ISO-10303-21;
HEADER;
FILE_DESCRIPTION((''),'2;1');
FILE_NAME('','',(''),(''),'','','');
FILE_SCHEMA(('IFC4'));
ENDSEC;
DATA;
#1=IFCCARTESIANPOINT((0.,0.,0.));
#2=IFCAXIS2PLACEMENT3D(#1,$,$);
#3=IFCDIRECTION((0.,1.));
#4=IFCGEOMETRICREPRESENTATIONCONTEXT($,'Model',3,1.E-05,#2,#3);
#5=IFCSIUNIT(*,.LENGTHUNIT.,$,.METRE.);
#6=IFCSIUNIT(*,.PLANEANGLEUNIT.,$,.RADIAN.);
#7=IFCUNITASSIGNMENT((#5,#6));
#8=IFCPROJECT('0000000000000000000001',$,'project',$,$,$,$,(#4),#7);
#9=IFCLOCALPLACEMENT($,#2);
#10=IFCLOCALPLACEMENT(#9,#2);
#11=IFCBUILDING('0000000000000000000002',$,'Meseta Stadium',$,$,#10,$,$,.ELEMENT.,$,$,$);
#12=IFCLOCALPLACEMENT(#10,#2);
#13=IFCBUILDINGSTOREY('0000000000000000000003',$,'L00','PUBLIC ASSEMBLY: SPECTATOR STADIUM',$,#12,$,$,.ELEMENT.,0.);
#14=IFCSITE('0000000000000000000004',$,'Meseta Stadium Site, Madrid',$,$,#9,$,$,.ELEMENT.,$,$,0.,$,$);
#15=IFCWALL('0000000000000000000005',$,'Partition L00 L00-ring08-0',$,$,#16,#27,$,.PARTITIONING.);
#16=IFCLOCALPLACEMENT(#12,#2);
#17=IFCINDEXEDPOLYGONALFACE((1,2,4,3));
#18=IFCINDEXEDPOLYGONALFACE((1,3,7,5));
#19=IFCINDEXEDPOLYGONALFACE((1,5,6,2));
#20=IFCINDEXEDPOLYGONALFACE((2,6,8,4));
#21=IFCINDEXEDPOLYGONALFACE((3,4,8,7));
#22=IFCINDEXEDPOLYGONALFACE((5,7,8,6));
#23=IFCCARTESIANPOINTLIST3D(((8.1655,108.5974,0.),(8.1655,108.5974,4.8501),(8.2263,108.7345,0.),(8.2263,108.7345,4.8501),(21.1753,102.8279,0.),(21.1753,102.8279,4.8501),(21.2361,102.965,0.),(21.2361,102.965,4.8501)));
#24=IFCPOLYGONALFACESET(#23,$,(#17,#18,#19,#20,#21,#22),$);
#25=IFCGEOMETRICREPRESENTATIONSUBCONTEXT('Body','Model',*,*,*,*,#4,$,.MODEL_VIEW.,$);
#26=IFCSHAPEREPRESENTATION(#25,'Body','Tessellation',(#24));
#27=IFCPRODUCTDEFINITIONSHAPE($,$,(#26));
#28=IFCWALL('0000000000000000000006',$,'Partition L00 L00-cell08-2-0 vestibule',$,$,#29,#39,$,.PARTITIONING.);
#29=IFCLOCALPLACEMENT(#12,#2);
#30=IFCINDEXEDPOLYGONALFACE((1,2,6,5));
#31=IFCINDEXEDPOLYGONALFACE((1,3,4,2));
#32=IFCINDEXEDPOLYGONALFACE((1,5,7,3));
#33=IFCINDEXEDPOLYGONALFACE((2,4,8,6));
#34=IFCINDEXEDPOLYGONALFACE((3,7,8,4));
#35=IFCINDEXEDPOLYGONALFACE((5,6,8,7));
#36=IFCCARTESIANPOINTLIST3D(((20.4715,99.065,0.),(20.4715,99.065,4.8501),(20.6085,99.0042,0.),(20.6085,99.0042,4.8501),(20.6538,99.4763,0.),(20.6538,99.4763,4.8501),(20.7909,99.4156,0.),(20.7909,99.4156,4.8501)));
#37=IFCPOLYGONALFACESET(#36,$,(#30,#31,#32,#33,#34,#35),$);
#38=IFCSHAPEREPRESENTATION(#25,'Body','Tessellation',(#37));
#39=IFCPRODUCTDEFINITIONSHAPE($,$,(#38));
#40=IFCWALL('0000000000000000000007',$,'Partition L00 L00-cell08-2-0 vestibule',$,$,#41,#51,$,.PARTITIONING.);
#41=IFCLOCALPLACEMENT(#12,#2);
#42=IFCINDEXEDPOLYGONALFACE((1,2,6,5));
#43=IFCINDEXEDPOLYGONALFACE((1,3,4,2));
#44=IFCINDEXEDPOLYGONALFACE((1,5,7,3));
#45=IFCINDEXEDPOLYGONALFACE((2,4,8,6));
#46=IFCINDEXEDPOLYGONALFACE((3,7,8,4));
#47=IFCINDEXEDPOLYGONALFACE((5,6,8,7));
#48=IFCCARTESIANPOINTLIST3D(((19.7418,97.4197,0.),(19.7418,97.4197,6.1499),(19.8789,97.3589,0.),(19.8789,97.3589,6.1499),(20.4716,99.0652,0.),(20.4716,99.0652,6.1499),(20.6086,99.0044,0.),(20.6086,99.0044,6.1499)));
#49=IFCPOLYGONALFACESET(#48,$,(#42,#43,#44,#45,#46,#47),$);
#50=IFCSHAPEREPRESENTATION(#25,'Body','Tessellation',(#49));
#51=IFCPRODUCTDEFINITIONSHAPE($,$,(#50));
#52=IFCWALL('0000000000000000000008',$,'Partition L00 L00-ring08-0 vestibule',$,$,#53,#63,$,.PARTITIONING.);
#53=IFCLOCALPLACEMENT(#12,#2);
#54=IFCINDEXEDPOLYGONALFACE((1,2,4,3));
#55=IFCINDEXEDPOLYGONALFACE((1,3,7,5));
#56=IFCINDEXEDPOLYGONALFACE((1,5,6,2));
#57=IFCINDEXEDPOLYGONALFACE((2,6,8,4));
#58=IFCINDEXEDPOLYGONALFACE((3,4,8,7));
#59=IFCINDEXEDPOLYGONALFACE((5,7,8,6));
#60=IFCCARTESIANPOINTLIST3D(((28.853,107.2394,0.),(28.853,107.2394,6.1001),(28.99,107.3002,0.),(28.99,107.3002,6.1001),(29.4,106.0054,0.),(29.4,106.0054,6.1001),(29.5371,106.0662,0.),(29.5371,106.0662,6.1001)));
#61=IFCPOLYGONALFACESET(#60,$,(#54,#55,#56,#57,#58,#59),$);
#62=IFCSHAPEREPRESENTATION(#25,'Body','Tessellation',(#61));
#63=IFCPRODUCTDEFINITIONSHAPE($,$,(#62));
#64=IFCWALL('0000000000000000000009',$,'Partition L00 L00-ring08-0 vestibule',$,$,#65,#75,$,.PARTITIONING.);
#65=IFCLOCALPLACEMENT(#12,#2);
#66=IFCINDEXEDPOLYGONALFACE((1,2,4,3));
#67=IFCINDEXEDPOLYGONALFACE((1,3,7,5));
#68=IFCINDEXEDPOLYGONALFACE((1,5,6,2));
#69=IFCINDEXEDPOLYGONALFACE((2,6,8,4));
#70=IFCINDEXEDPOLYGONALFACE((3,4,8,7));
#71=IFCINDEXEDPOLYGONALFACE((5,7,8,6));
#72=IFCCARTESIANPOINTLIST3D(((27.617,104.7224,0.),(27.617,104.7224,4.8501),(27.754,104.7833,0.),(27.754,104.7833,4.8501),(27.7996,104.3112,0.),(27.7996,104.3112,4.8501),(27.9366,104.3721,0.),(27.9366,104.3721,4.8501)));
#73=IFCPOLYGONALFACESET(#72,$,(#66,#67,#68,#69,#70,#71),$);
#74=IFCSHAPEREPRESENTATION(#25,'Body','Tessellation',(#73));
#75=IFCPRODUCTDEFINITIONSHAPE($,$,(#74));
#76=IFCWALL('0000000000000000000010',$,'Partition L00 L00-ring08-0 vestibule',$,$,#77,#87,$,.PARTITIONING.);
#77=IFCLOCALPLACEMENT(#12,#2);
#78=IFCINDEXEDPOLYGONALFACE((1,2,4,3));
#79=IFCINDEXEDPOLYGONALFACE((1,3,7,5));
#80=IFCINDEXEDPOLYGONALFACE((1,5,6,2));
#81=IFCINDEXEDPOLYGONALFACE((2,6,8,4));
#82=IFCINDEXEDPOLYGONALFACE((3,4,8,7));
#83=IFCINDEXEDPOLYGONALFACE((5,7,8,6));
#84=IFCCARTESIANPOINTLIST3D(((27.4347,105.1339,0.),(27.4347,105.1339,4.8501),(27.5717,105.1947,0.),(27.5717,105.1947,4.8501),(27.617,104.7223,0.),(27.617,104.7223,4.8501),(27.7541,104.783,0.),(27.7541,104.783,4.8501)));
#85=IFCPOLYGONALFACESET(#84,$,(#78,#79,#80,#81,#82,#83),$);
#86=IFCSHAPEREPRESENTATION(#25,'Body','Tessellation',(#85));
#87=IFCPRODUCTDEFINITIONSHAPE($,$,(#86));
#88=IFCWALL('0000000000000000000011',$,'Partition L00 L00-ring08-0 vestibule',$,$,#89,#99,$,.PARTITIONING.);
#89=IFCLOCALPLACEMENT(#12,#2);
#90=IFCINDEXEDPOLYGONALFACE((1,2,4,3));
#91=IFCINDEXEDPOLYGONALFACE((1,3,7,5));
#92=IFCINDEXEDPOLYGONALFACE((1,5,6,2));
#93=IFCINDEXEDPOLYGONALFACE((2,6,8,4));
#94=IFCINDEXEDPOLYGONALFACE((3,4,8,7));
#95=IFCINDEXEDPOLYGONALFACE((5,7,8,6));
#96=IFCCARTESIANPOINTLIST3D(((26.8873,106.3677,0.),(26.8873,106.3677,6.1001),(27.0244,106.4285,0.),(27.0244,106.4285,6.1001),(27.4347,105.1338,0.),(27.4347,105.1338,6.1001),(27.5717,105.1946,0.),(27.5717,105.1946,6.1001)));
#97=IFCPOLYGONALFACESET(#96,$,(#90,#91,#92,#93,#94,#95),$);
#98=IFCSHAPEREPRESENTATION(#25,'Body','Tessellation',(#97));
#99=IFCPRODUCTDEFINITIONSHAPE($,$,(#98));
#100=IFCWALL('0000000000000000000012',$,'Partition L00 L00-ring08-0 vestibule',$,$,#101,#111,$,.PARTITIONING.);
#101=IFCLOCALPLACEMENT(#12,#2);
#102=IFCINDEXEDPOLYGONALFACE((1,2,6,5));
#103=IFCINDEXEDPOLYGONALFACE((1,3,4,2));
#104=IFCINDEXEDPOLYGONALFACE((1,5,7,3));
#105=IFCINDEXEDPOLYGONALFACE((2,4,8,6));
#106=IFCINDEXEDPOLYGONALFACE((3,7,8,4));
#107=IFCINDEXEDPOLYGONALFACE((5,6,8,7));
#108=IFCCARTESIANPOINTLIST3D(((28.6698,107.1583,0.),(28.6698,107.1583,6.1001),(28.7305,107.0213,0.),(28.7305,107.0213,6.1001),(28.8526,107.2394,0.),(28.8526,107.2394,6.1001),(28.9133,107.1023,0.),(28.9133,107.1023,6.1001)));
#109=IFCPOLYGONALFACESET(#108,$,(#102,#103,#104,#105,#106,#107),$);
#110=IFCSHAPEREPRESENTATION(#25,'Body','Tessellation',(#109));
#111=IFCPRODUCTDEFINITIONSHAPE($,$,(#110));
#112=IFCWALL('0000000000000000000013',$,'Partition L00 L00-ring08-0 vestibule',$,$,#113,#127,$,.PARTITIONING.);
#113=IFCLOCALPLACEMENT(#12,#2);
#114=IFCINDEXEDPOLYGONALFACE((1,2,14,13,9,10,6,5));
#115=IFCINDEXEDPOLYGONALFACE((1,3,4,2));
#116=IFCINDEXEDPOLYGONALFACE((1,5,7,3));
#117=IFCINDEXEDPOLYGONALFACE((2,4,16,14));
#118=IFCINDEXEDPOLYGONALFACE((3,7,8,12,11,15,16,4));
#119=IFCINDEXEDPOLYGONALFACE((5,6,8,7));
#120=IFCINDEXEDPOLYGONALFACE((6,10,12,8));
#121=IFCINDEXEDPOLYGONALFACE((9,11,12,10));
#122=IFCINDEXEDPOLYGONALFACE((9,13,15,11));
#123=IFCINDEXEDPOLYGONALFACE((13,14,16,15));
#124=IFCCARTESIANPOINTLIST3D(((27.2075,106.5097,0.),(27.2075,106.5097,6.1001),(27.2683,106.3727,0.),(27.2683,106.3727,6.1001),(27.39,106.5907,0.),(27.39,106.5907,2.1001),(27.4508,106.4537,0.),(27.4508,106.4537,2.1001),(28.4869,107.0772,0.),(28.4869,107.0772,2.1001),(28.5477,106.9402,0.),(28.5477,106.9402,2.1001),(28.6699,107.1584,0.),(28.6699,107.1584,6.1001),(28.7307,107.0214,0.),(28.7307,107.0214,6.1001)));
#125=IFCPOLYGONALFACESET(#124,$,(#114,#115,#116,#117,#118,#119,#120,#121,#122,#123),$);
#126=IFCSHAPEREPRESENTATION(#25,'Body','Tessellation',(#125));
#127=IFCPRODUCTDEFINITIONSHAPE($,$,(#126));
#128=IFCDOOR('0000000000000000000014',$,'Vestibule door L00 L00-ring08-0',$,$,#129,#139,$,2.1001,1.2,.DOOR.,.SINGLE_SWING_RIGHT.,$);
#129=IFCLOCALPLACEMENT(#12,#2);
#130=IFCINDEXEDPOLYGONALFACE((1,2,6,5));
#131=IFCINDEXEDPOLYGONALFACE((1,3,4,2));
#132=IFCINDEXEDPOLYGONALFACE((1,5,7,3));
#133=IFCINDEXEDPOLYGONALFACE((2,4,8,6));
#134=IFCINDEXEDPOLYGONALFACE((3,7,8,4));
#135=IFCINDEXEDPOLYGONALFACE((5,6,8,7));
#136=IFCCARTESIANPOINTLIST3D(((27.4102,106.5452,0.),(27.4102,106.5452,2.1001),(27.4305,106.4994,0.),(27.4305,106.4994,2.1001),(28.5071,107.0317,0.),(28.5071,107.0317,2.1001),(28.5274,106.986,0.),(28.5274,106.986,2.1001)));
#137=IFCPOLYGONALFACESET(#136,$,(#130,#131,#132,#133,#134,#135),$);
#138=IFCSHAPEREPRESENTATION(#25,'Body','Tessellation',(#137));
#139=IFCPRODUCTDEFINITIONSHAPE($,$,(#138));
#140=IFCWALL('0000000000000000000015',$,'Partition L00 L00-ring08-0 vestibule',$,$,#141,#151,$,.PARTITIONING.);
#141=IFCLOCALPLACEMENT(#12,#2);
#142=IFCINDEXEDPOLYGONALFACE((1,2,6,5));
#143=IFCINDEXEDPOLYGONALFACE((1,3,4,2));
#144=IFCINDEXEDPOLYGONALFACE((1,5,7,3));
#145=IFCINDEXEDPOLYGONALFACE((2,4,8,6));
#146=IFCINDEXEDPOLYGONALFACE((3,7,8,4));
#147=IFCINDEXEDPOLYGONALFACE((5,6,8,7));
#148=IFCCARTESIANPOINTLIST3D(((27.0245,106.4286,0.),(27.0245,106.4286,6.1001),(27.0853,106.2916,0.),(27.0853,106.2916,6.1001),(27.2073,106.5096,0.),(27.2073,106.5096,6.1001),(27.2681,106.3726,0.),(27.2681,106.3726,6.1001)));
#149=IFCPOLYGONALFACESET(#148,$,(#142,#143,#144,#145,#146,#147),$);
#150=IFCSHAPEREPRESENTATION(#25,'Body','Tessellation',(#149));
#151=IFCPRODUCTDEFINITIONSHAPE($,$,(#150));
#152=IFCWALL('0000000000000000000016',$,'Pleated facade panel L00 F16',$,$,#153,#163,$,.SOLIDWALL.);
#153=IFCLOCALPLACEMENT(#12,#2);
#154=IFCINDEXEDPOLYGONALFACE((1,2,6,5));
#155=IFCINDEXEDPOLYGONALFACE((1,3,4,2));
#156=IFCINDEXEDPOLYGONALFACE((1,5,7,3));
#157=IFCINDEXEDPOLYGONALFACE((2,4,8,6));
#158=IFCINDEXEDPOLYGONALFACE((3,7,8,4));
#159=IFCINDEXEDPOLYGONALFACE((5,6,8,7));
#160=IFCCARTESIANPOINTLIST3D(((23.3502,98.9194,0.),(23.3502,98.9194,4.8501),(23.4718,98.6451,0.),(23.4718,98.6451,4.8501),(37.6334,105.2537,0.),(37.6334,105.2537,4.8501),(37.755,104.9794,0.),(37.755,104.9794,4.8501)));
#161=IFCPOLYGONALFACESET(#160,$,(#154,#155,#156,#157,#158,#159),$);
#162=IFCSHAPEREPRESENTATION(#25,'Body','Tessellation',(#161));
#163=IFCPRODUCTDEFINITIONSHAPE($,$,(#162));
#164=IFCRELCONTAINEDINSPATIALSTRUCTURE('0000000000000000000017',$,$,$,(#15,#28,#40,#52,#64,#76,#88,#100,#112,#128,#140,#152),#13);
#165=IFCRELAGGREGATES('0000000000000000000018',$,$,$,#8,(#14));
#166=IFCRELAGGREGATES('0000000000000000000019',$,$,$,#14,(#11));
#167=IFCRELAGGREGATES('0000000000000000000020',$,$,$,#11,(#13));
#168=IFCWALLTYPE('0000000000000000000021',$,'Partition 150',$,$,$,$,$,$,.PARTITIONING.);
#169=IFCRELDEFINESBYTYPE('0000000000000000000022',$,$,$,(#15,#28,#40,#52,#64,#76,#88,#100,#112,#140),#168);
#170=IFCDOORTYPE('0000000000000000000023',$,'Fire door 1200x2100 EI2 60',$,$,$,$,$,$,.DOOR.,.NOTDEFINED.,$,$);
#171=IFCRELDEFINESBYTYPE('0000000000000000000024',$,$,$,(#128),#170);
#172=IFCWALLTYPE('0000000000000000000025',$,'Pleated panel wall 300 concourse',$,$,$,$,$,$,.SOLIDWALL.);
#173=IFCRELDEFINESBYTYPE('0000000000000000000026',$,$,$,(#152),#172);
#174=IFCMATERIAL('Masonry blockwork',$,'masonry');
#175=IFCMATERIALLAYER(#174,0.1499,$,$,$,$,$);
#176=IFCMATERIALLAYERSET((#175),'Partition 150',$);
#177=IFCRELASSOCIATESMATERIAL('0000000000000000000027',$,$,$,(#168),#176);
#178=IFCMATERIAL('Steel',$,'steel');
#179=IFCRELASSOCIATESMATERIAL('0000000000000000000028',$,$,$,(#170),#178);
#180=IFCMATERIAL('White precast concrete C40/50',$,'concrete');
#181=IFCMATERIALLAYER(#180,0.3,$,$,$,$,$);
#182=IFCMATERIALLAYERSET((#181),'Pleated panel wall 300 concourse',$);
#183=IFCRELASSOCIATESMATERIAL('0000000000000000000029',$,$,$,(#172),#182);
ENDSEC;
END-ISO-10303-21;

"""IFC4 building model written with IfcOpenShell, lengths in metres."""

from ifc_helpers import new_model, si_unit, direction, frame, frame_2d, origin, place, context, subcontext, project, spatial, rectangle, extrude, material, layer, layer_set, type_object, element, fill, save


model = new_model("IFC4")

# Units and contexts
model_context = context("Model", 3, precision=1e-05, world=origin(), true_north=direction((0.0, 1.0)))
body_context = subcontext(model_context, "Body", "Model", "MODEL_VIEW")
ifc_project = project(units=[si_unit("LENGTHUNIT", "METRE"), si_unit("PLANEANGLEUNIT", "RADIAN")], contexts=[model_context])

# Site, building, storey
site_placement = place(None, origin())
site = spatial("IfcSite", under=ifc_project, at=site_placement, Name="Meseta Stadium Site, Madrid", CompositionType="ELEMENT", RefElevation=0.0)
building_placement = place(site_placement, origin())
building = spatial("IfcBuilding", under=site, at=building_placement, Name="Meseta Stadium", CompositionType="ELEMENT")
storey_placement = place(building_placement, origin())
storey = spatial("IfcBuildingStorey", under=building, at=storey_placement, Name="L00", Description="PUBLIC ASSEMBLY: SPECTATOR STADIUM", CompositionType="ELEMENT", Elevation=0.0)

# Walls
ifc_material_1 = material(Name="Masonry blockwork", Category="masonry")
ifc_layer_1 = layer(ifc_material_1, 0.1499)
ifc_layer_set_1 = layer_set([ifc_layer_1], Name="Partition 150")
wall_type_1 = type_object("IfcWallType", Name="Partition 150", PredefinedType="PARTITIONING", material=ifc_layer_set_1)
wall_1_placement = place(storey_placement, frame((21.2056, 102.8965, 0.0), z_axis=(0.0, 0.0, 1.0), x_axis=(-0.914139, 0.4054, 0.0)))
element("IfcWall", 1, at=wall_1_placement, inside=storey, type_object=wall_type_1, Name="Partition L00 L00-ring08-0", PredefinedType="PARTITIONING", context=body_context, shape_type="SweptSolid", body=[
    extrude(rectangle(XDim=14.2317, YDim=0.1499, at=frame_2d((7.1157, 0.0))), origin(), (0.0, 0.0, 1.0), 4.8501),
])
wall_2_placement = place(storey_placement, frame((20.7224, 99.446, 0.0), z_axis=(0.0, 0.0, 1.0), x_axis=(-0.405283, -0.914191, 0.0)))
element("IfcWall", 2, at=wall_2_placement, inside=storey, type_object=wall_type_1, Name="Partition L00 L00-cell08-2-0 vestibule", PredefinedType="PARTITIONING", context=body_context, shape_type="SweptSolid", body=[
    extrude(rectangle(XDim=0.45, YDim=0.1499, at=frame_2d((0.2251, 0.0))), origin(), (0.0, 0.0, 1.0), 4.8501),
])
wall_3_placement = place(storey_placement, frame((20.54, 99.0347, 0.0), z_axis=(0.0, 0.0, 1.0), x_axis=(-0.405396, -0.914141, 0.0)))
element("IfcWall", 3, at=wall_3_placement, inside=storey, type_object=wall_type_1, Name="Partition L00 L00-cell08-2-0 vestibule", PredefinedType="PARTITIONING", context=body_context, shape_type="SweptSolid", body=[
    extrude(rectangle(XDim=1.8, YDim=0.1499, at=frame_2d((0.8999, 0.0))), origin(), (0.0, 0.0, 1.0), 6.1499),
])
wall_4_placement = place(storey_placement, frame((29.4685, 106.0359, 0.0), z_axis=(0.0, 0.0, 1.0), x_axis=(-0.405283, 0.914191, 0.0)))
element("IfcWall", 4, at=wall_4_placement, inside=storey, type_object=wall_type_1, Name="Partition L00 L00-ring08-0 vestibule", PredefinedType="PARTITIONING", context=body_context, shape_type="SweptSolid", body=[
    extrude(rectangle(XDim=1.3499, YDim=0.1499, at=frame_2d((0.6748, 0.0))), origin(), (0.0, 0.0, 1.0), 6.1001),
])
wall_5_placement = place(storey_placement, frame((27.8682, 104.3416, 0.0), z_axis=(0.0, 0.0, 1.0), x_axis=(-0.405937, 0.913901, 0.0)))
element("IfcWall", 5, at=wall_5_placement, inside=storey, type_object=wall_type_1, Name="Partition L00 L00-ring08-0 vestibule", PredefinedType="PARTITIONING", context=body_context, shape_type="SweptSolid", body=[
    extrude(rectangle(XDim=0.45, YDim=0.1499, at=frame_2d((0.2251, 0.0))), origin(), (0.0, 0.0, 1.0), 4.8501),
])
wall_6_placement = place(storey_placement, frame((27.6855, 104.7527, 0.0), z_axis=(0.0, 0.0, 1.0), x_axis=(-0.405082, 0.914281, 0.0)))
element("IfcWall", 6, at=wall_6_placement, inside=storey, type_object=wall_type_1, Name="Partition L00 L00-ring08-0 vestibule", PredefinedType="PARTITIONING", context=body_context, shape_type="SweptSolid", body=[
    extrude(rectangle(XDim=0.4502, YDim=0.1499, at=frame_2d((0.2251, 0.0))), origin(), (0.0, 0.0, 1.0), 4.8501),
])
wall_7_placement = place(storey_placement, frame((27.5032, 105.1643, 0.0), z_axis=(0.0, 0.0, 1.0), x_axis=(-0.405501, 0.914095, 0.0)))
element("IfcWall", 7, at=wall_7_placement, inside=storey, type_object=wall_type_1, Name="Partition L00 L00-ring08-0 vestibule", PredefinedType="PARTITIONING", context=body_context, shape_type="SweptSolid", body=[
    extrude(rectangle(XDim=1.3499, YDim=0.1499, at=frame_2d((0.6748, 0.0))), origin(), (0.0, 0.0, 1.0), 6.1001),
])
wall_8_placement = place(storey_placement, frame((28.8831, 107.1709, 0.0), z_axis=(0.0, 0.0, 1.0), x_axis=(-0.914214, -0.405232, 0.0)))
element("IfcWall", 8, at=wall_8_placement, inside=storey, type_object=wall_type_1, Name="Partition L00 L00-ring08-0 vestibule", PredefinedType="PARTITIONING", context=body_context, shape_type="SweptSolid", body=[
    extrude(rectangle(XDim=0.2, YDim=0.1499, at=frame_2d((0.1001, 0.0))), origin(), (0.0, 0.0, 1.0), 6.1001),
])

# Wall, opening, door
wall_9_placement = place(storey_placement, frame((28.7002, 107.0898, 0.0), z_axis=(0.0, 0.0, 1.0), x_axis=(-0.914107, -0.405473, 0.0)))
wall_9 = element("IfcWall", 9, at=wall_9_placement, inside=storey, type_object=wall_type_1, Name="Partition L00 L00-ring08-0 vestibule", PredefinedType="PARTITIONING", context=body_context, shape_type="SweptSolid", body=[
    extrude(rectangle(XDim=1.5999, YDim=0.1499, at=frame_2d((0.7998, 0.0))), origin(), (0.0, 0.0, 1.0), 6.1001),
])
opening_1_placement = place(wall_9_placement, frame((0.2, 0.0, 0.0)))
opening_1 = element("IfcOpeningElement", 10, at=opening_1_placement, cuts=wall_9, PredefinedType="OPENING", context=body_context, shape_type="SweptSolid", body=[
    extrude(rectangle(XDim=1.2, YDim=2.1001, at=frame_2d((0.6001, 1.05))), frame((0.0, 0.085, 0.0), z_axis=(0.0, -1.0, 0.0), x_axis=(1.0, 0.0, 0.0)), (0.0, 0.0, 1.0), 0.1699),
])
ifc_material_2 = material(Name="Steel", Category="steel")
door_type_1 = type_object("IfcDoorType", Name="Fire door 1200x2100 EI2 60", OperationType="NOTDEFINED", PredefinedType="DOOR", material=ifc_material_2)
door_1_placement = place(opening_1_placement, origin())
door_1 = element("IfcDoor", 11, at=door_1_placement, inside=storey, type_object=door_type_1, Name="Vestibule door L00 L00-ring08-0", OperationType="SINGLE_SWING_RIGHT", OverallHeight=2.1001, OverallWidth=1.2, PredefinedType="DOOR", context=body_context, shape_type="SweptSolid", body=[
    extrude(rectangle(XDim=1.2, YDim=2.1001, at=frame_2d((0.6001, 1.05))), frame((0.0, 0.0249, 0.0), z_axis=(0.0, -1.0, 0.0), x_axis=(1.0, 0.0, 0.0)), (0.0, 0.0, 1.0), 0.05),
])
fill(opening_1, door_1)

# Walls
wall_10_placement = place(storey_placement, frame((27.2378, 106.4412, 0.0), z_axis=(0.0, 0.0, 1.0), x_axis=(-0.914214, -0.405232, 0.0)))
element("IfcWall", 12, at=wall_10_placement, inside=storey, type_object=wall_type_1, Name="Partition L00 L00-ring08-0 vestibule", PredefinedType="PARTITIONING", context=body_context, shape_type="SweptSolid", body=[
    extrude(rectangle(XDim=0.2, YDim=0.1499, at=frame_2d((0.1001, 0.0))), origin(), (0.0, 0.0, 1.0), 6.1001),
])
ifc_material_3 = material(Name="White precast concrete C40/50", Category="concrete")
ifc_layer_2 = layer(ifc_material_3, 0.3)
ifc_layer_set_2 = layer_set([ifc_layer_2], Name="Pleated panel wall 300 concourse")
wall_type_2 = type_object("IfcWallType", Name="Pleated panel wall 300 concourse", PredefinedType="SOLIDWALL", material=ifc_layer_set_2)
wall_11_placement = place(storey_placement, frame((23.4109, 98.7822, 0.0), z_axis=(0.0, 0.0, 1.0), x_axis=(0.914141, 0.405398, 0.0)))
element("IfcWall", 13, at=wall_11_placement, inside=storey, type_object=wall_type_2, Name="Pleated facade panel L00 F16", PredefinedType="SOLIDWALL", context=body_context, shape_type="SweptSolid", body=[
    extrude(rectangle(XDim=15.6248, YDim=0.3, at=frame_2d((7.8125, 0.0))), origin(), (0.0, 0.0, 1.0), 4.8501),
])

save(model, "model.ifc")
